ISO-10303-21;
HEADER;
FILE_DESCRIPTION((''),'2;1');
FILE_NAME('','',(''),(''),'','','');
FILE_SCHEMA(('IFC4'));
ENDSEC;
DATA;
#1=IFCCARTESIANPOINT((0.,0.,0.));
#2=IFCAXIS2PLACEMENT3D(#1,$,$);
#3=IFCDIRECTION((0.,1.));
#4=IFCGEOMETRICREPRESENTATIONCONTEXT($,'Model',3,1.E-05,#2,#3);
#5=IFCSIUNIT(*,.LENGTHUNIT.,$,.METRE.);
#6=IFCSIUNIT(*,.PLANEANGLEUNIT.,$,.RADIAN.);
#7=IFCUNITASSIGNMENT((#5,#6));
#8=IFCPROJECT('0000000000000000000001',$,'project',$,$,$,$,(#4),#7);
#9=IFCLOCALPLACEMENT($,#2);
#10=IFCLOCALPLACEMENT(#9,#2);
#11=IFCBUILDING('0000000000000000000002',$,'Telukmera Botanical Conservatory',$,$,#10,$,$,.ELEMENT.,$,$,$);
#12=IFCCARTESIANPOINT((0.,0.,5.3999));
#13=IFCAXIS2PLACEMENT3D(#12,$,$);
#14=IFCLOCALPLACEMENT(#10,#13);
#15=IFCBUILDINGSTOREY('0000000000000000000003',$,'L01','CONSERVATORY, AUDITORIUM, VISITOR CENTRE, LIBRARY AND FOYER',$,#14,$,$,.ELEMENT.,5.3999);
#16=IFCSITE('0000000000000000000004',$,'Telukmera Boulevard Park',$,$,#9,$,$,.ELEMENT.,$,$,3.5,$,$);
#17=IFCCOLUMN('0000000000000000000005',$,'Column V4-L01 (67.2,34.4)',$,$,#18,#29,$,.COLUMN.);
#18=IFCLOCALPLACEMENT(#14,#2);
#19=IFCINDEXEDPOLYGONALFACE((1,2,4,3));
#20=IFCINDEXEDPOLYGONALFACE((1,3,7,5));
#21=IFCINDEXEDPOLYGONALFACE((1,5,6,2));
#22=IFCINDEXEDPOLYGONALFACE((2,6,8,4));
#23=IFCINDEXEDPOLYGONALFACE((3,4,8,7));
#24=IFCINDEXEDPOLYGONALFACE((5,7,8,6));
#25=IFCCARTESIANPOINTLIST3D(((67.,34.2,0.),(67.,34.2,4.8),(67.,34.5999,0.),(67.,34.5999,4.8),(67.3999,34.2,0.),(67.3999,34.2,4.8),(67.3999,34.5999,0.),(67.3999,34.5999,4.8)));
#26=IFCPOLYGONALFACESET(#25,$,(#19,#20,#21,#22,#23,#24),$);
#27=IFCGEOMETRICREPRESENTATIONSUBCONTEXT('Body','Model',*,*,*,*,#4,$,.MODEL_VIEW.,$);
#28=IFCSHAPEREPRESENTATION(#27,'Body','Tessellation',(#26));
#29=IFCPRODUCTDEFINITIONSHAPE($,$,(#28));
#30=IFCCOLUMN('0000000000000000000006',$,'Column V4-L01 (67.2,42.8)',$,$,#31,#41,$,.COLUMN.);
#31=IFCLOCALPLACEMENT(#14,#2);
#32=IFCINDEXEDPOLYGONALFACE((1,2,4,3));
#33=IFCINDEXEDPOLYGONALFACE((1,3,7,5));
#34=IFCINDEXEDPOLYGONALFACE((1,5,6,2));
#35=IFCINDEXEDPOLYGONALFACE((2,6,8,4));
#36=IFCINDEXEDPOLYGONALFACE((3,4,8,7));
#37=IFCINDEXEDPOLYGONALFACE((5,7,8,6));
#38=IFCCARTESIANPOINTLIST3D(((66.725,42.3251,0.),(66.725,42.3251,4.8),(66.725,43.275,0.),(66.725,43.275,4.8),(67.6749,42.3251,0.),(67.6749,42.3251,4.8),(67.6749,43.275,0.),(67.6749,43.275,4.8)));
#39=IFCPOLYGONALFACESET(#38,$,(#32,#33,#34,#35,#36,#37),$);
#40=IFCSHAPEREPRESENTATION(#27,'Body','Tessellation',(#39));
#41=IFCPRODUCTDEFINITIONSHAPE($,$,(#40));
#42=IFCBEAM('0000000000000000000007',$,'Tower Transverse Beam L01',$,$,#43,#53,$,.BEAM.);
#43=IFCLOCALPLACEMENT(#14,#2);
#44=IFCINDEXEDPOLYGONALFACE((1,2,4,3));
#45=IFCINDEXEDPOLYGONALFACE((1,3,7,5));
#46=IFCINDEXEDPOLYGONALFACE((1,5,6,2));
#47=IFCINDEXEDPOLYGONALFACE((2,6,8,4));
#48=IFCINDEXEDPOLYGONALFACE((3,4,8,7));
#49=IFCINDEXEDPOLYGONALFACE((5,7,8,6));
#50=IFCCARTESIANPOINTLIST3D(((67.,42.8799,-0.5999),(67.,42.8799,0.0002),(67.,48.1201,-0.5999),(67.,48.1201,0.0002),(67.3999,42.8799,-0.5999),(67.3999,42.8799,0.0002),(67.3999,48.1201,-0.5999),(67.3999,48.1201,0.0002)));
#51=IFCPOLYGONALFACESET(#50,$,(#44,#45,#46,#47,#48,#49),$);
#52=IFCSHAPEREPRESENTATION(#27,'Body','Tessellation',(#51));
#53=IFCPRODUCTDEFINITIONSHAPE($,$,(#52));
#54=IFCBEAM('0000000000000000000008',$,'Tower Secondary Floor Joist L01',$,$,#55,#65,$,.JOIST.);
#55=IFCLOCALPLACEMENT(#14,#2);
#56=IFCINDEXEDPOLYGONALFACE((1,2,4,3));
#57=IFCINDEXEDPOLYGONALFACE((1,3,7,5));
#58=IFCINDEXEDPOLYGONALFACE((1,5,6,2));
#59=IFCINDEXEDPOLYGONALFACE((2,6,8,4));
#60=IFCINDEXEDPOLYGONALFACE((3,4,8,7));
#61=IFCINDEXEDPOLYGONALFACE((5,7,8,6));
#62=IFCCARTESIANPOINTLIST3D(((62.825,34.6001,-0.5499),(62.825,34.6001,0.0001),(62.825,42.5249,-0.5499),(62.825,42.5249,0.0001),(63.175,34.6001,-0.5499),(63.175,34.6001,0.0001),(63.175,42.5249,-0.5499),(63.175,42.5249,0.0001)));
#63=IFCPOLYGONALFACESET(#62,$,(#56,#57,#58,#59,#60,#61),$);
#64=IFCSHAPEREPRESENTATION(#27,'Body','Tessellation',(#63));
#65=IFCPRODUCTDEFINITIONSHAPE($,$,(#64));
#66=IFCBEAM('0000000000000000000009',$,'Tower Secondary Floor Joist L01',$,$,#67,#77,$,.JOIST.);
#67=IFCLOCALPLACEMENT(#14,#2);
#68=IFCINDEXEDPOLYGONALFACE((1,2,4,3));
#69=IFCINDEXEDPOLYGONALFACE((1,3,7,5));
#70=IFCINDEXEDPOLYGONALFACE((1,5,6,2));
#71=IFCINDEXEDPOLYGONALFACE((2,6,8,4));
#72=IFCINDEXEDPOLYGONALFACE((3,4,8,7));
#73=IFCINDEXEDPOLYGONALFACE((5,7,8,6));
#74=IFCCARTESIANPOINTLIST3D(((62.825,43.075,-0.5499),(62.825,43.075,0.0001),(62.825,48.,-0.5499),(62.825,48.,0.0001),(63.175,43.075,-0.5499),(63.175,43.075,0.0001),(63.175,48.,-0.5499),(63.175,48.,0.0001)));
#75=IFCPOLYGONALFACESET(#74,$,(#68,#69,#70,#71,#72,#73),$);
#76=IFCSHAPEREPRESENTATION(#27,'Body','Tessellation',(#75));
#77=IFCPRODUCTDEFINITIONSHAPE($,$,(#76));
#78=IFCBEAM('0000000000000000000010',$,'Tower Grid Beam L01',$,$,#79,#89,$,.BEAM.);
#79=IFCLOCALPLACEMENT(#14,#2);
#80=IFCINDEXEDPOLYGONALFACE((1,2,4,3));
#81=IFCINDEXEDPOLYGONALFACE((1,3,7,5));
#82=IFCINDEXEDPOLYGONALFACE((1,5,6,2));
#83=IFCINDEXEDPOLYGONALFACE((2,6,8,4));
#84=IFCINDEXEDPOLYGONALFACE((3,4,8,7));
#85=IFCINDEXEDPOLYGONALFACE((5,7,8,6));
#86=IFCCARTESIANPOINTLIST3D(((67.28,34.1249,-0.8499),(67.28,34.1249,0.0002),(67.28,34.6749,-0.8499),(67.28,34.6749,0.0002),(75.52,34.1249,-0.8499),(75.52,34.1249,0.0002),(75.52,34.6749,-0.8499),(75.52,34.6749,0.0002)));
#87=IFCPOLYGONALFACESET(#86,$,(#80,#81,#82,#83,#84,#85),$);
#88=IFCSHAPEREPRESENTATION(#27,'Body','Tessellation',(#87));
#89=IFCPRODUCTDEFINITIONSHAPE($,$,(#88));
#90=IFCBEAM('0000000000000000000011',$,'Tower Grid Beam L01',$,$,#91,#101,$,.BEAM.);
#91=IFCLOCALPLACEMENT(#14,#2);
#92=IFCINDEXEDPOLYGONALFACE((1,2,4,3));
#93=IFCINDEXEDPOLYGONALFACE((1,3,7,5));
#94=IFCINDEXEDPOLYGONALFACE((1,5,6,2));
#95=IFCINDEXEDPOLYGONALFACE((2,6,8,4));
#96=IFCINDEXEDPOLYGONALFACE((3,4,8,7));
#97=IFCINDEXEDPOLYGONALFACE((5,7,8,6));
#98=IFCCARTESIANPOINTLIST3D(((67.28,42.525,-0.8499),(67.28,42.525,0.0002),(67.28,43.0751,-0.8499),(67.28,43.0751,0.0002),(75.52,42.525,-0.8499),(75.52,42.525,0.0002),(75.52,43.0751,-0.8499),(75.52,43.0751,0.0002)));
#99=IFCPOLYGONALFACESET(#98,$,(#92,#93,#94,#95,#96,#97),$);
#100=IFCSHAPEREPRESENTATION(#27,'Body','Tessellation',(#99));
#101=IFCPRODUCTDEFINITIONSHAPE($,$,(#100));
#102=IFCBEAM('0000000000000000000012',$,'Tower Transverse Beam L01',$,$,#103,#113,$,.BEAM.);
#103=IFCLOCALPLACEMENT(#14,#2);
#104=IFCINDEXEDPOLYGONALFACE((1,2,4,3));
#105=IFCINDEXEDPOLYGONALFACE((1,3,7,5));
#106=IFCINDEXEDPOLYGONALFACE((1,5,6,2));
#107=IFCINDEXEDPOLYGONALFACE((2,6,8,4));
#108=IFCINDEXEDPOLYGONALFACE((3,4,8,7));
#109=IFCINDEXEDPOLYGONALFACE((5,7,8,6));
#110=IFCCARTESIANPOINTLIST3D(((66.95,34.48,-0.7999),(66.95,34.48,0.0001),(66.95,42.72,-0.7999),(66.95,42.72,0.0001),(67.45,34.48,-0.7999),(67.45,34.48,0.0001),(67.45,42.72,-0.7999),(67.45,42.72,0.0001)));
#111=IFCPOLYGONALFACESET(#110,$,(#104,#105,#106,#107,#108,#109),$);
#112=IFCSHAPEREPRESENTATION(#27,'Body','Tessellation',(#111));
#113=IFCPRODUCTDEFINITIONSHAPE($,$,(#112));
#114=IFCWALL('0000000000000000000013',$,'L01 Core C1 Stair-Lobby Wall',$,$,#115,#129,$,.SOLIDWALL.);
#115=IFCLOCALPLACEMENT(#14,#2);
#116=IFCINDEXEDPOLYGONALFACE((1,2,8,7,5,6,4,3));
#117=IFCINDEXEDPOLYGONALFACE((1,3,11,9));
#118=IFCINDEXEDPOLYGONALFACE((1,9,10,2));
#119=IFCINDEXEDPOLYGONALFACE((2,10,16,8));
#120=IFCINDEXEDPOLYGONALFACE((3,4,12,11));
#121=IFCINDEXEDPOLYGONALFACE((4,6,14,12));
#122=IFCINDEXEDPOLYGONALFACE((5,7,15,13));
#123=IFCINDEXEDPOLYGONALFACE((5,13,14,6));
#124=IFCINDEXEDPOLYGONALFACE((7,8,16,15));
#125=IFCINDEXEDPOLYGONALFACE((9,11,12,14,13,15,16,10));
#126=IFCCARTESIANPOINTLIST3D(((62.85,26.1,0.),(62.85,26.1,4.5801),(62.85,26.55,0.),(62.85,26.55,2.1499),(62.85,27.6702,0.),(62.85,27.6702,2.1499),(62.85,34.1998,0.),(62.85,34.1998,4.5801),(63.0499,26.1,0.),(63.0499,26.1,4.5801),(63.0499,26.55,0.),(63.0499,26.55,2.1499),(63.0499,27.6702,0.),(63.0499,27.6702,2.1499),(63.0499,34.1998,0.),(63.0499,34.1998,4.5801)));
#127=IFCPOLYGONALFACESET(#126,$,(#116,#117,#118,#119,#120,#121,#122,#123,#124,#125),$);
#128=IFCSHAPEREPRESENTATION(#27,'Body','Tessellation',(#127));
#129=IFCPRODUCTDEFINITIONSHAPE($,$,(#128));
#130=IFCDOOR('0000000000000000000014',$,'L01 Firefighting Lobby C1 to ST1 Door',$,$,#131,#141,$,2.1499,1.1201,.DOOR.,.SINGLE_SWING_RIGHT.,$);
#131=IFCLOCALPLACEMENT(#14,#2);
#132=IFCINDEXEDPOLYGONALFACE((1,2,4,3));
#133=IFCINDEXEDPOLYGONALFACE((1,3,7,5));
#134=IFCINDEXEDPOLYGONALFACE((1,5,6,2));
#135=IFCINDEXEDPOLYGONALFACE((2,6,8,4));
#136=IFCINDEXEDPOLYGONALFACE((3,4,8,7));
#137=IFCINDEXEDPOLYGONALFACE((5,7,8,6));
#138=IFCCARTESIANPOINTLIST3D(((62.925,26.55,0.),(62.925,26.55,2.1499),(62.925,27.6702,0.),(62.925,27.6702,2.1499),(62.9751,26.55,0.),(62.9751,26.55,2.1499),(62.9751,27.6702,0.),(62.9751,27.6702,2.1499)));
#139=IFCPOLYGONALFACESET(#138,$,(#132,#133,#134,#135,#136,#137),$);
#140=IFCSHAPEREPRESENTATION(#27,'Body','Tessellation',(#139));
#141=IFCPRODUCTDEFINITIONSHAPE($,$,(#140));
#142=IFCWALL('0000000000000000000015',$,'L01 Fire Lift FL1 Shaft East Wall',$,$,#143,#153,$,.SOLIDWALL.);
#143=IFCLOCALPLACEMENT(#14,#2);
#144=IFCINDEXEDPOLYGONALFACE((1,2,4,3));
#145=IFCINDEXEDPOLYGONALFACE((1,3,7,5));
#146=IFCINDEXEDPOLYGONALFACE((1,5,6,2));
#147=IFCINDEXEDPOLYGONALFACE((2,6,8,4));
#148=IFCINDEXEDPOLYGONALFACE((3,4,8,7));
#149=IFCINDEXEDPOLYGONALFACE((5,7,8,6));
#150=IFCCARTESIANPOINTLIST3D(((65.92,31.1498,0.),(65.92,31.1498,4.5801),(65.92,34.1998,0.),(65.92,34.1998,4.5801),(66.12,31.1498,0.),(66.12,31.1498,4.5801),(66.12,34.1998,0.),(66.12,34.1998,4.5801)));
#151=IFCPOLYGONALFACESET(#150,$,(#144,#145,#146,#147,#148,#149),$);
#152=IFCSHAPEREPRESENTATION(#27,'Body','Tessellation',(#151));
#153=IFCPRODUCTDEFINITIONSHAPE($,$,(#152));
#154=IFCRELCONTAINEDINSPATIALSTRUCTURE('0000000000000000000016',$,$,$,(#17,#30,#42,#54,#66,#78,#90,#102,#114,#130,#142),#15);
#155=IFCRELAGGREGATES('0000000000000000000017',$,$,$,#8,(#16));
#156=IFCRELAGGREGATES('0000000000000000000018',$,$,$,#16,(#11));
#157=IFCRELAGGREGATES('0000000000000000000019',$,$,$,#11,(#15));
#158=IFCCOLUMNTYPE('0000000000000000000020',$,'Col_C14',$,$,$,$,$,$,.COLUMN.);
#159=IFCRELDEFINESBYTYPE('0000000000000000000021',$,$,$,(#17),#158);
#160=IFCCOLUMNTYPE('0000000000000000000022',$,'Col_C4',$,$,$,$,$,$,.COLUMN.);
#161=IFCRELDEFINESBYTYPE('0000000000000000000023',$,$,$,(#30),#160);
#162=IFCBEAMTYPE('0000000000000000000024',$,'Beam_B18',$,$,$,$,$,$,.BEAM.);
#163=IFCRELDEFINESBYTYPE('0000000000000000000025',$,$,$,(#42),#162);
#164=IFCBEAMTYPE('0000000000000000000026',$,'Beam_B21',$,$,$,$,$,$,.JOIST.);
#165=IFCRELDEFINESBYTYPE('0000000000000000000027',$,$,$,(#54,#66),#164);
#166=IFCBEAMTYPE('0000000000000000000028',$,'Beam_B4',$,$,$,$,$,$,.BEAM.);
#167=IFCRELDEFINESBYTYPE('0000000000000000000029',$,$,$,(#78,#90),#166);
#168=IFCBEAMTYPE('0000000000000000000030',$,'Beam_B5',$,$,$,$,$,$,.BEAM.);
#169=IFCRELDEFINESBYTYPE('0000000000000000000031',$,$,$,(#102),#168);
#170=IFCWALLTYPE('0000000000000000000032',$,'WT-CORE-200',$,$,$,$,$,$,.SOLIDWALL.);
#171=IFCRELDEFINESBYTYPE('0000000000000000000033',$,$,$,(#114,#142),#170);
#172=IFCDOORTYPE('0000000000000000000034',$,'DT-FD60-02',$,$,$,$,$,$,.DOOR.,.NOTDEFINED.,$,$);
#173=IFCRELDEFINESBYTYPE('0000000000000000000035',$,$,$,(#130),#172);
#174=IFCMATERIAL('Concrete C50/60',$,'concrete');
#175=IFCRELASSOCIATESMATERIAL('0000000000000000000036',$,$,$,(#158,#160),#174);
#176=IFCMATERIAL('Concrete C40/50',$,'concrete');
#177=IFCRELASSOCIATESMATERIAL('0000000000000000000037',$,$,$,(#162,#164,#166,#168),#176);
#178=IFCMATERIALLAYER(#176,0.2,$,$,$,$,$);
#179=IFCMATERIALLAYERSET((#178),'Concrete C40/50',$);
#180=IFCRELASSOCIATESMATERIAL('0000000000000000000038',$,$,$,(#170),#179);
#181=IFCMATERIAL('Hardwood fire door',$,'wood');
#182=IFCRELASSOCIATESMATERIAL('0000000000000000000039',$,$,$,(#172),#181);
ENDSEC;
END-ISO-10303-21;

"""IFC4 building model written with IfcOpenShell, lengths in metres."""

from ifc_helpers import new_model, si_unit, direction, frame, frame_2d, origin, origin_2d, place, context, subcontext, project, spatial, rectangle, extrude, material, layer, layer_set, material_profile, profile_set, type_object, element, fill, save


model = new_model("IFC4")

# Units and contexts
model_context = context("Model", 3, precision=1e-05, world=origin(), true_north=direction((0.0, 1.0)))
body_context = subcontext(model_context, "Body", "Model", "MODEL_VIEW")
ifc_project = project(units=[si_unit("LENGTHUNIT", "METRE"), si_unit("PLANEANGLEUNIT", "RADIAN")], contexts=[model_context])

# Site, building, storey
site_placement = place(None, origin())
site = spatial("IfcSite", under=ifc_project, at=site_placement, Name="Telukmera Boulevard Park", CompositionType="ELEMENT", RefElevation=3.5)
building_placement = place(site_placement, origin())
building = spatial("IfcBuilding", under=site, at=building_placement, Name="Telukmera Botanical Conservatory", CompositionType="ELEMENT")
storey_placement = place(building_placement, frame((0.0, 0.0, 5.3999)))
storey = spatial("IfcBuildingStorey", under=building, at=storey_placement, Name="L01", Description="CONSERVATORY, AUDITORIUM, VISITOR CENTRE, LIBRARY AND FOYER", CompositionType="ELEMENT", Elevation=5.3999)

# Columns
ifc_material_1 = material(Name="Concrete C50/60", Category="concrete")
ifc_material_profile_1 = material_profile(ifc_material_1, rectangle(XDim=0.3999, YDim=0.3999, at=origin_2d()), Name="RC 400x400")
ifc_profile_set_1 = profile_set([ifc_material_profile_1], Name="Concrete C50/60")
column_type_1 = type_object("IfcColumnType", Name="Col_C14", PredefinedType="COLUMN", material=ifc_profile_set_1)
column_1_placement = place(storey_placement, frame((67.2, 34.3999, 0.0), z_axis=(0.0, 0.0, 1.0), x_axis=(1.0, 0.0, 0.0)))
element("IfcColumn", 1, at=column_1_placement, inside=storey, type_object=column_type_1, Name="Column V4-L01 (67.2,34.4)", PredefinedType="COLUMN", context=body_context, shape_type="SweptSolid", body=[
    extrude(rectangle(XDim=0.3999, YDim=0.3999, at=origin_2d()), origin(), (0.0, 0.0, 1.0), 4.8),
])
ifc_material_profile_2 = material_profile(ifc_material_1, rectangle(XDim=0.95, YDim=0.95, at=origin_2d()), Name="RC 950x950")
ifc_profile_set_2 = profile_set([ifc_material_profile_2], Name="Concrete C50/60")
column_type_2 = type_object("IfcColumnType", Name="Col_C4", PredefinedType="COLUMN", material=ifc_profile_set_2)
column_2_placement = place(storey_placement, frame((67.2, 42.8, 0.0), z_axis=(0.0, 0.0, 1.0), x_axis=(1.0, 0.0, 0.0)))
element("IfcColumn", 2, at=column_2_placement, inside=storey, type_object=column_type_2, Name="Column V4-L01 (67.2,42.8)", PredefinedType="COLUMN", context=body_context, shape_type="SweptSolid", body=[
    extrude(rectangle(XDim=0.95, YDim=0.95, at=origin_2d()), origin(), (0.0, 0.0, 1.0), 4.8),
])

# Beams
ifc_material_2 = material(Name="Concrete C40/50", Category="concrete")
ifc_material_profile_3 = material_profile(ifc_material_2, rectangle(XDim=0.3999, YDim=0.6001, at=origin_2d()), Name="RC 400x600")
ifc_profile_set_3 = profile_set([ifc_material_profile_3], Name="Concrete C40/50")
beam_type_1 = type_object("IfcBeamType", Name="Beam_B18", PredefinedType="BEAM", material=ifc_profile_set_3)
beam_1_placement = place(storey_placement, frame((67.2, 42.8799, -0.2998), z_axis=(0.0, 1.0, 0.0), x_axis=(-1.0, 0.0, 0.0)))
element("IfcBeam", 3, at=beam_1_placement, inside=storey, type_object=beam_type_1, Name="Tower Transverse Beam L01", PredefinedType="BEAM", context=body_context, shape_type="SweptSolid", body=[
    extrude(rectangle(XDim=0.3999, YDim=0.6001, at=origin_2d()), origin(), (0.0, 0.0, 1.0), 5.2402),
])
ifc_material_profile_4 = material_profile(ifc_material_2, rectangle(XDim=0.3501, YDim=0.55, at=origin_2d()), Name="RC 350x550")
ifc_profile_set_4 = profile_set([ifc_material_profile_4], Name="Concrete C40/50")
beam_type_2 = type_object("IfcBeamType", Name="Beam_B21", PredefinedType="JOIST", material=ifc_profile_set_4)
beam_2_placement = place(storey_placement, frame((63.0, 34.6001, -0.2749), z_axis=(0.0, 1.0, 0.0), x_axis=(-1.0, 0.0, 0.0)))
element("IfcBeam", 4, at=beam_2_placement, inside=storey, type_object=beam_type_2, Name="Tower Secondary Floor Joist L01", PredefinedType="JOIST", context=body_context, shape_type="SweptSolid", body=[
    extrude(rectangle(XDim=0.3501, YDim=0.55, at=origin_2d()), origin(), (0.0, 0.0, 1.0), 7.9248),
])
beam_3_placement = place(storey_placement, frame((63.0, 43.075, -0.2749), z_axis=(0.0, 1.0, 0.0), x_axis=(-1.0, 0.0, 0.0)))
element("IfcBeam", 5, at=beam_3_placement, inside=storey, type_object=beam_type_2, Name="Tower Secondary Floor Joist L01", PredefinedType="JOIST", context=body_context, shape_type="SweptSolid", body=[
    extrude(rectangle(XDim=0.3501, YDim=0.55, at=origin_2d()), origin(), (0.0, 0.0, 1.0), 4.925),
])
ifc_material_profile_5 = material_profile(ifc_material_2, rectangle(XDim=0.55, YDim=0.8501, at=origin_2d()), Name="RC 550x850")
ifc_profile_set_5 = profile_set([ifc_material_profile_5], Name="Concrete C40/50")
beam_type_3 = type_object("IfcBeamType", Name="Beam_B4", PredefinedType="BEAM", material=ifc_profile_set_5)
for number, where, z_axis, x_axis, name in (
    (6, (67.28, 34.3999, -0.4248), (1.0, 0.0, 0.0), (0.0, 1.0, 0.0), "Tower Grid Beam L01"),
    (7, (67.28, 42.8, -0.4248), (1.0, 0.0, 0.0), (0.0, 1.0, 0.0), "Tower Grid Beam L01"),
):
    element("IfcBeam", number, at=place(storey_placement, frame(where, z_axis=z_axis, x_axis=x_axis)), inside=storey, type_object=beam_type_3, Name=name, PredefinedType="BEAM", context=body_context, shape_type="SweptSolid", body=[
        extrude(rectangle(XDim=0.55, YDim=0.8501, at=origin_2d()), origin(), (0.0, 0.0, 1.0), 8.24),
    ])
ifc_material_profile_6 = material_profile(ifc_material_2, rectangle(XDim=0.5, YDim=0.8, at=origin_2d()), Name="RC 500x800")
ifc_profile_set_6 = profile_set([ifc_material_profile_6], Name="Concrete C40/50")
beam_type_4 = type_object("IfcBeamType", Name="Beam_B5", PredefinedType="BEAM", material=ifc_profile_set_6)
beam_4_placement = place(storey_placement, frame((67.2, 34.48, -0.3999), z_axis=(0.0, 1.0, 0.0), x_axis=(-1.0, 0.0, 0.0)))
element("IfcBeam", 8, at=beam_4_placement, inside=storey, type_object=beam_type_4, Name="Tower Transverse Beam L01", PredefinedType="BEAM", context=body_context, shape_type="SweptSolid", body=[
    extrude(rectangle(XDim=0.5, YDim=0.8, at=origin_2d()), origin(), (0.0, 0.0, 1.0), 8.24),
])

# Wall, opening, door
ifc_layer_1 = layer(ifc_material_2, 0.2)
ifc_layer_set_1 = layer_set([ifc_layer_1], Name="Concrete C40/50")
wall_type_1 = type_object("IfcWallType", Name="WT-CORE-200", PredefinedType="SOLIDWALL", material=ifc_layer_set_1)
wall_1_placement = place(storey_placement, frame((62.95, 26.1001, 0.0), z_axis=(0.0, 0.0, 1.0), x_axis=(0.0, 1.0, 0.0)))
wall_1 = element("IfcWall", 9, at=wall_1_placement, inside=storey, type_object=wall_type_1, Name="L01 Core C1 Stair-Lobby Wall", PredefinedType="SOLIDWALL", context=body_context, shape_type="SweptSolid", body=[
    extrude(rectangle(XDim=8.0999, YDim=0.2, at=frame_2d((4.0498, 0.0))), origin(), (0.0, 0.0, 1.0), 4.5801),
])
opening_1_placement = place(wall_1_placement, frame((0.45, 0.0, 0.0)))
opening_1 = element("IfcOpeningElement", 10, at=opening_1_placement, cuts=wall_1, PredefinedType="OPENING", context=body_context, shape_type="SweptSolid", body=[
    extrude(rectangle(XDim=1.1201, YDim=2.1499, at=frame_2d((0.5601, 1.075))), frame((0.0, 0.1099, 0.0), z_axis=(0.0, -1.0, 0.0), x_axis=(1.0, 0.0, 0.0)), (0.0, 0.0, 1.0), 0.22),
])
ifc_material_3 = material(Name="Hardwood fire door", Category="wood")
door_type_1 = type_object("IfcDoorType", Name="DT-FD60-02", OperationType="NOTDEFINED", PredefinedType="DOOR", material=ifc_material_3)
door_1_placement = place(opening_1_placement, origin())
door_1 = element("IfcDoor", 11, at=door_1_placement, inside=storey, type_object=door_type_1, Name="L01 Firefighting Lobby C1 to ST1 Door", OperationType="SINGLE_SWING_RIGHT", OverallHeight=2.1499, OverallWidth=1.1201, PredefinedType="DOOR", context=body_context, shape_type="SweptSolid", body=[
    extrude(rectangle(XDim=1.1201, YDim=2.1499, at=frame_2d((0.5601, 1.075))), frame((0.0, 0.0249, 0.0), z_axis=(0.0, -1.0, 0.0), x_axis=(1.0, 0.0, 0.0)), (0.0, 0.0, 1.0), 0.05),
])
fill(opening_1, door_1)

# Wall
wall_2_placement = place(storey_placement, frame((66.02, 31.1499, 0.0), z_axis=(0.0, 0.0, 1.0), x_axis=(0.0, 1.0, 0.0)))
element("IfcWall", 12, at=wall_2_placement, inside=storey, type_object=wall_type_1, Name="L01 Fire Lift FL1 Shaft East Wall", PredefinedType="SOLIDWALL", context=body_context, shape_type="SweptSolid", body=[
    extrude(rectangle(XDim=3.05, YDim=0.2, at=frame_2d((1.5249, 0.0))), origin(), (0.0, 0.0, 1.0), 4.5801),
])

save(model, "model.ifc")
